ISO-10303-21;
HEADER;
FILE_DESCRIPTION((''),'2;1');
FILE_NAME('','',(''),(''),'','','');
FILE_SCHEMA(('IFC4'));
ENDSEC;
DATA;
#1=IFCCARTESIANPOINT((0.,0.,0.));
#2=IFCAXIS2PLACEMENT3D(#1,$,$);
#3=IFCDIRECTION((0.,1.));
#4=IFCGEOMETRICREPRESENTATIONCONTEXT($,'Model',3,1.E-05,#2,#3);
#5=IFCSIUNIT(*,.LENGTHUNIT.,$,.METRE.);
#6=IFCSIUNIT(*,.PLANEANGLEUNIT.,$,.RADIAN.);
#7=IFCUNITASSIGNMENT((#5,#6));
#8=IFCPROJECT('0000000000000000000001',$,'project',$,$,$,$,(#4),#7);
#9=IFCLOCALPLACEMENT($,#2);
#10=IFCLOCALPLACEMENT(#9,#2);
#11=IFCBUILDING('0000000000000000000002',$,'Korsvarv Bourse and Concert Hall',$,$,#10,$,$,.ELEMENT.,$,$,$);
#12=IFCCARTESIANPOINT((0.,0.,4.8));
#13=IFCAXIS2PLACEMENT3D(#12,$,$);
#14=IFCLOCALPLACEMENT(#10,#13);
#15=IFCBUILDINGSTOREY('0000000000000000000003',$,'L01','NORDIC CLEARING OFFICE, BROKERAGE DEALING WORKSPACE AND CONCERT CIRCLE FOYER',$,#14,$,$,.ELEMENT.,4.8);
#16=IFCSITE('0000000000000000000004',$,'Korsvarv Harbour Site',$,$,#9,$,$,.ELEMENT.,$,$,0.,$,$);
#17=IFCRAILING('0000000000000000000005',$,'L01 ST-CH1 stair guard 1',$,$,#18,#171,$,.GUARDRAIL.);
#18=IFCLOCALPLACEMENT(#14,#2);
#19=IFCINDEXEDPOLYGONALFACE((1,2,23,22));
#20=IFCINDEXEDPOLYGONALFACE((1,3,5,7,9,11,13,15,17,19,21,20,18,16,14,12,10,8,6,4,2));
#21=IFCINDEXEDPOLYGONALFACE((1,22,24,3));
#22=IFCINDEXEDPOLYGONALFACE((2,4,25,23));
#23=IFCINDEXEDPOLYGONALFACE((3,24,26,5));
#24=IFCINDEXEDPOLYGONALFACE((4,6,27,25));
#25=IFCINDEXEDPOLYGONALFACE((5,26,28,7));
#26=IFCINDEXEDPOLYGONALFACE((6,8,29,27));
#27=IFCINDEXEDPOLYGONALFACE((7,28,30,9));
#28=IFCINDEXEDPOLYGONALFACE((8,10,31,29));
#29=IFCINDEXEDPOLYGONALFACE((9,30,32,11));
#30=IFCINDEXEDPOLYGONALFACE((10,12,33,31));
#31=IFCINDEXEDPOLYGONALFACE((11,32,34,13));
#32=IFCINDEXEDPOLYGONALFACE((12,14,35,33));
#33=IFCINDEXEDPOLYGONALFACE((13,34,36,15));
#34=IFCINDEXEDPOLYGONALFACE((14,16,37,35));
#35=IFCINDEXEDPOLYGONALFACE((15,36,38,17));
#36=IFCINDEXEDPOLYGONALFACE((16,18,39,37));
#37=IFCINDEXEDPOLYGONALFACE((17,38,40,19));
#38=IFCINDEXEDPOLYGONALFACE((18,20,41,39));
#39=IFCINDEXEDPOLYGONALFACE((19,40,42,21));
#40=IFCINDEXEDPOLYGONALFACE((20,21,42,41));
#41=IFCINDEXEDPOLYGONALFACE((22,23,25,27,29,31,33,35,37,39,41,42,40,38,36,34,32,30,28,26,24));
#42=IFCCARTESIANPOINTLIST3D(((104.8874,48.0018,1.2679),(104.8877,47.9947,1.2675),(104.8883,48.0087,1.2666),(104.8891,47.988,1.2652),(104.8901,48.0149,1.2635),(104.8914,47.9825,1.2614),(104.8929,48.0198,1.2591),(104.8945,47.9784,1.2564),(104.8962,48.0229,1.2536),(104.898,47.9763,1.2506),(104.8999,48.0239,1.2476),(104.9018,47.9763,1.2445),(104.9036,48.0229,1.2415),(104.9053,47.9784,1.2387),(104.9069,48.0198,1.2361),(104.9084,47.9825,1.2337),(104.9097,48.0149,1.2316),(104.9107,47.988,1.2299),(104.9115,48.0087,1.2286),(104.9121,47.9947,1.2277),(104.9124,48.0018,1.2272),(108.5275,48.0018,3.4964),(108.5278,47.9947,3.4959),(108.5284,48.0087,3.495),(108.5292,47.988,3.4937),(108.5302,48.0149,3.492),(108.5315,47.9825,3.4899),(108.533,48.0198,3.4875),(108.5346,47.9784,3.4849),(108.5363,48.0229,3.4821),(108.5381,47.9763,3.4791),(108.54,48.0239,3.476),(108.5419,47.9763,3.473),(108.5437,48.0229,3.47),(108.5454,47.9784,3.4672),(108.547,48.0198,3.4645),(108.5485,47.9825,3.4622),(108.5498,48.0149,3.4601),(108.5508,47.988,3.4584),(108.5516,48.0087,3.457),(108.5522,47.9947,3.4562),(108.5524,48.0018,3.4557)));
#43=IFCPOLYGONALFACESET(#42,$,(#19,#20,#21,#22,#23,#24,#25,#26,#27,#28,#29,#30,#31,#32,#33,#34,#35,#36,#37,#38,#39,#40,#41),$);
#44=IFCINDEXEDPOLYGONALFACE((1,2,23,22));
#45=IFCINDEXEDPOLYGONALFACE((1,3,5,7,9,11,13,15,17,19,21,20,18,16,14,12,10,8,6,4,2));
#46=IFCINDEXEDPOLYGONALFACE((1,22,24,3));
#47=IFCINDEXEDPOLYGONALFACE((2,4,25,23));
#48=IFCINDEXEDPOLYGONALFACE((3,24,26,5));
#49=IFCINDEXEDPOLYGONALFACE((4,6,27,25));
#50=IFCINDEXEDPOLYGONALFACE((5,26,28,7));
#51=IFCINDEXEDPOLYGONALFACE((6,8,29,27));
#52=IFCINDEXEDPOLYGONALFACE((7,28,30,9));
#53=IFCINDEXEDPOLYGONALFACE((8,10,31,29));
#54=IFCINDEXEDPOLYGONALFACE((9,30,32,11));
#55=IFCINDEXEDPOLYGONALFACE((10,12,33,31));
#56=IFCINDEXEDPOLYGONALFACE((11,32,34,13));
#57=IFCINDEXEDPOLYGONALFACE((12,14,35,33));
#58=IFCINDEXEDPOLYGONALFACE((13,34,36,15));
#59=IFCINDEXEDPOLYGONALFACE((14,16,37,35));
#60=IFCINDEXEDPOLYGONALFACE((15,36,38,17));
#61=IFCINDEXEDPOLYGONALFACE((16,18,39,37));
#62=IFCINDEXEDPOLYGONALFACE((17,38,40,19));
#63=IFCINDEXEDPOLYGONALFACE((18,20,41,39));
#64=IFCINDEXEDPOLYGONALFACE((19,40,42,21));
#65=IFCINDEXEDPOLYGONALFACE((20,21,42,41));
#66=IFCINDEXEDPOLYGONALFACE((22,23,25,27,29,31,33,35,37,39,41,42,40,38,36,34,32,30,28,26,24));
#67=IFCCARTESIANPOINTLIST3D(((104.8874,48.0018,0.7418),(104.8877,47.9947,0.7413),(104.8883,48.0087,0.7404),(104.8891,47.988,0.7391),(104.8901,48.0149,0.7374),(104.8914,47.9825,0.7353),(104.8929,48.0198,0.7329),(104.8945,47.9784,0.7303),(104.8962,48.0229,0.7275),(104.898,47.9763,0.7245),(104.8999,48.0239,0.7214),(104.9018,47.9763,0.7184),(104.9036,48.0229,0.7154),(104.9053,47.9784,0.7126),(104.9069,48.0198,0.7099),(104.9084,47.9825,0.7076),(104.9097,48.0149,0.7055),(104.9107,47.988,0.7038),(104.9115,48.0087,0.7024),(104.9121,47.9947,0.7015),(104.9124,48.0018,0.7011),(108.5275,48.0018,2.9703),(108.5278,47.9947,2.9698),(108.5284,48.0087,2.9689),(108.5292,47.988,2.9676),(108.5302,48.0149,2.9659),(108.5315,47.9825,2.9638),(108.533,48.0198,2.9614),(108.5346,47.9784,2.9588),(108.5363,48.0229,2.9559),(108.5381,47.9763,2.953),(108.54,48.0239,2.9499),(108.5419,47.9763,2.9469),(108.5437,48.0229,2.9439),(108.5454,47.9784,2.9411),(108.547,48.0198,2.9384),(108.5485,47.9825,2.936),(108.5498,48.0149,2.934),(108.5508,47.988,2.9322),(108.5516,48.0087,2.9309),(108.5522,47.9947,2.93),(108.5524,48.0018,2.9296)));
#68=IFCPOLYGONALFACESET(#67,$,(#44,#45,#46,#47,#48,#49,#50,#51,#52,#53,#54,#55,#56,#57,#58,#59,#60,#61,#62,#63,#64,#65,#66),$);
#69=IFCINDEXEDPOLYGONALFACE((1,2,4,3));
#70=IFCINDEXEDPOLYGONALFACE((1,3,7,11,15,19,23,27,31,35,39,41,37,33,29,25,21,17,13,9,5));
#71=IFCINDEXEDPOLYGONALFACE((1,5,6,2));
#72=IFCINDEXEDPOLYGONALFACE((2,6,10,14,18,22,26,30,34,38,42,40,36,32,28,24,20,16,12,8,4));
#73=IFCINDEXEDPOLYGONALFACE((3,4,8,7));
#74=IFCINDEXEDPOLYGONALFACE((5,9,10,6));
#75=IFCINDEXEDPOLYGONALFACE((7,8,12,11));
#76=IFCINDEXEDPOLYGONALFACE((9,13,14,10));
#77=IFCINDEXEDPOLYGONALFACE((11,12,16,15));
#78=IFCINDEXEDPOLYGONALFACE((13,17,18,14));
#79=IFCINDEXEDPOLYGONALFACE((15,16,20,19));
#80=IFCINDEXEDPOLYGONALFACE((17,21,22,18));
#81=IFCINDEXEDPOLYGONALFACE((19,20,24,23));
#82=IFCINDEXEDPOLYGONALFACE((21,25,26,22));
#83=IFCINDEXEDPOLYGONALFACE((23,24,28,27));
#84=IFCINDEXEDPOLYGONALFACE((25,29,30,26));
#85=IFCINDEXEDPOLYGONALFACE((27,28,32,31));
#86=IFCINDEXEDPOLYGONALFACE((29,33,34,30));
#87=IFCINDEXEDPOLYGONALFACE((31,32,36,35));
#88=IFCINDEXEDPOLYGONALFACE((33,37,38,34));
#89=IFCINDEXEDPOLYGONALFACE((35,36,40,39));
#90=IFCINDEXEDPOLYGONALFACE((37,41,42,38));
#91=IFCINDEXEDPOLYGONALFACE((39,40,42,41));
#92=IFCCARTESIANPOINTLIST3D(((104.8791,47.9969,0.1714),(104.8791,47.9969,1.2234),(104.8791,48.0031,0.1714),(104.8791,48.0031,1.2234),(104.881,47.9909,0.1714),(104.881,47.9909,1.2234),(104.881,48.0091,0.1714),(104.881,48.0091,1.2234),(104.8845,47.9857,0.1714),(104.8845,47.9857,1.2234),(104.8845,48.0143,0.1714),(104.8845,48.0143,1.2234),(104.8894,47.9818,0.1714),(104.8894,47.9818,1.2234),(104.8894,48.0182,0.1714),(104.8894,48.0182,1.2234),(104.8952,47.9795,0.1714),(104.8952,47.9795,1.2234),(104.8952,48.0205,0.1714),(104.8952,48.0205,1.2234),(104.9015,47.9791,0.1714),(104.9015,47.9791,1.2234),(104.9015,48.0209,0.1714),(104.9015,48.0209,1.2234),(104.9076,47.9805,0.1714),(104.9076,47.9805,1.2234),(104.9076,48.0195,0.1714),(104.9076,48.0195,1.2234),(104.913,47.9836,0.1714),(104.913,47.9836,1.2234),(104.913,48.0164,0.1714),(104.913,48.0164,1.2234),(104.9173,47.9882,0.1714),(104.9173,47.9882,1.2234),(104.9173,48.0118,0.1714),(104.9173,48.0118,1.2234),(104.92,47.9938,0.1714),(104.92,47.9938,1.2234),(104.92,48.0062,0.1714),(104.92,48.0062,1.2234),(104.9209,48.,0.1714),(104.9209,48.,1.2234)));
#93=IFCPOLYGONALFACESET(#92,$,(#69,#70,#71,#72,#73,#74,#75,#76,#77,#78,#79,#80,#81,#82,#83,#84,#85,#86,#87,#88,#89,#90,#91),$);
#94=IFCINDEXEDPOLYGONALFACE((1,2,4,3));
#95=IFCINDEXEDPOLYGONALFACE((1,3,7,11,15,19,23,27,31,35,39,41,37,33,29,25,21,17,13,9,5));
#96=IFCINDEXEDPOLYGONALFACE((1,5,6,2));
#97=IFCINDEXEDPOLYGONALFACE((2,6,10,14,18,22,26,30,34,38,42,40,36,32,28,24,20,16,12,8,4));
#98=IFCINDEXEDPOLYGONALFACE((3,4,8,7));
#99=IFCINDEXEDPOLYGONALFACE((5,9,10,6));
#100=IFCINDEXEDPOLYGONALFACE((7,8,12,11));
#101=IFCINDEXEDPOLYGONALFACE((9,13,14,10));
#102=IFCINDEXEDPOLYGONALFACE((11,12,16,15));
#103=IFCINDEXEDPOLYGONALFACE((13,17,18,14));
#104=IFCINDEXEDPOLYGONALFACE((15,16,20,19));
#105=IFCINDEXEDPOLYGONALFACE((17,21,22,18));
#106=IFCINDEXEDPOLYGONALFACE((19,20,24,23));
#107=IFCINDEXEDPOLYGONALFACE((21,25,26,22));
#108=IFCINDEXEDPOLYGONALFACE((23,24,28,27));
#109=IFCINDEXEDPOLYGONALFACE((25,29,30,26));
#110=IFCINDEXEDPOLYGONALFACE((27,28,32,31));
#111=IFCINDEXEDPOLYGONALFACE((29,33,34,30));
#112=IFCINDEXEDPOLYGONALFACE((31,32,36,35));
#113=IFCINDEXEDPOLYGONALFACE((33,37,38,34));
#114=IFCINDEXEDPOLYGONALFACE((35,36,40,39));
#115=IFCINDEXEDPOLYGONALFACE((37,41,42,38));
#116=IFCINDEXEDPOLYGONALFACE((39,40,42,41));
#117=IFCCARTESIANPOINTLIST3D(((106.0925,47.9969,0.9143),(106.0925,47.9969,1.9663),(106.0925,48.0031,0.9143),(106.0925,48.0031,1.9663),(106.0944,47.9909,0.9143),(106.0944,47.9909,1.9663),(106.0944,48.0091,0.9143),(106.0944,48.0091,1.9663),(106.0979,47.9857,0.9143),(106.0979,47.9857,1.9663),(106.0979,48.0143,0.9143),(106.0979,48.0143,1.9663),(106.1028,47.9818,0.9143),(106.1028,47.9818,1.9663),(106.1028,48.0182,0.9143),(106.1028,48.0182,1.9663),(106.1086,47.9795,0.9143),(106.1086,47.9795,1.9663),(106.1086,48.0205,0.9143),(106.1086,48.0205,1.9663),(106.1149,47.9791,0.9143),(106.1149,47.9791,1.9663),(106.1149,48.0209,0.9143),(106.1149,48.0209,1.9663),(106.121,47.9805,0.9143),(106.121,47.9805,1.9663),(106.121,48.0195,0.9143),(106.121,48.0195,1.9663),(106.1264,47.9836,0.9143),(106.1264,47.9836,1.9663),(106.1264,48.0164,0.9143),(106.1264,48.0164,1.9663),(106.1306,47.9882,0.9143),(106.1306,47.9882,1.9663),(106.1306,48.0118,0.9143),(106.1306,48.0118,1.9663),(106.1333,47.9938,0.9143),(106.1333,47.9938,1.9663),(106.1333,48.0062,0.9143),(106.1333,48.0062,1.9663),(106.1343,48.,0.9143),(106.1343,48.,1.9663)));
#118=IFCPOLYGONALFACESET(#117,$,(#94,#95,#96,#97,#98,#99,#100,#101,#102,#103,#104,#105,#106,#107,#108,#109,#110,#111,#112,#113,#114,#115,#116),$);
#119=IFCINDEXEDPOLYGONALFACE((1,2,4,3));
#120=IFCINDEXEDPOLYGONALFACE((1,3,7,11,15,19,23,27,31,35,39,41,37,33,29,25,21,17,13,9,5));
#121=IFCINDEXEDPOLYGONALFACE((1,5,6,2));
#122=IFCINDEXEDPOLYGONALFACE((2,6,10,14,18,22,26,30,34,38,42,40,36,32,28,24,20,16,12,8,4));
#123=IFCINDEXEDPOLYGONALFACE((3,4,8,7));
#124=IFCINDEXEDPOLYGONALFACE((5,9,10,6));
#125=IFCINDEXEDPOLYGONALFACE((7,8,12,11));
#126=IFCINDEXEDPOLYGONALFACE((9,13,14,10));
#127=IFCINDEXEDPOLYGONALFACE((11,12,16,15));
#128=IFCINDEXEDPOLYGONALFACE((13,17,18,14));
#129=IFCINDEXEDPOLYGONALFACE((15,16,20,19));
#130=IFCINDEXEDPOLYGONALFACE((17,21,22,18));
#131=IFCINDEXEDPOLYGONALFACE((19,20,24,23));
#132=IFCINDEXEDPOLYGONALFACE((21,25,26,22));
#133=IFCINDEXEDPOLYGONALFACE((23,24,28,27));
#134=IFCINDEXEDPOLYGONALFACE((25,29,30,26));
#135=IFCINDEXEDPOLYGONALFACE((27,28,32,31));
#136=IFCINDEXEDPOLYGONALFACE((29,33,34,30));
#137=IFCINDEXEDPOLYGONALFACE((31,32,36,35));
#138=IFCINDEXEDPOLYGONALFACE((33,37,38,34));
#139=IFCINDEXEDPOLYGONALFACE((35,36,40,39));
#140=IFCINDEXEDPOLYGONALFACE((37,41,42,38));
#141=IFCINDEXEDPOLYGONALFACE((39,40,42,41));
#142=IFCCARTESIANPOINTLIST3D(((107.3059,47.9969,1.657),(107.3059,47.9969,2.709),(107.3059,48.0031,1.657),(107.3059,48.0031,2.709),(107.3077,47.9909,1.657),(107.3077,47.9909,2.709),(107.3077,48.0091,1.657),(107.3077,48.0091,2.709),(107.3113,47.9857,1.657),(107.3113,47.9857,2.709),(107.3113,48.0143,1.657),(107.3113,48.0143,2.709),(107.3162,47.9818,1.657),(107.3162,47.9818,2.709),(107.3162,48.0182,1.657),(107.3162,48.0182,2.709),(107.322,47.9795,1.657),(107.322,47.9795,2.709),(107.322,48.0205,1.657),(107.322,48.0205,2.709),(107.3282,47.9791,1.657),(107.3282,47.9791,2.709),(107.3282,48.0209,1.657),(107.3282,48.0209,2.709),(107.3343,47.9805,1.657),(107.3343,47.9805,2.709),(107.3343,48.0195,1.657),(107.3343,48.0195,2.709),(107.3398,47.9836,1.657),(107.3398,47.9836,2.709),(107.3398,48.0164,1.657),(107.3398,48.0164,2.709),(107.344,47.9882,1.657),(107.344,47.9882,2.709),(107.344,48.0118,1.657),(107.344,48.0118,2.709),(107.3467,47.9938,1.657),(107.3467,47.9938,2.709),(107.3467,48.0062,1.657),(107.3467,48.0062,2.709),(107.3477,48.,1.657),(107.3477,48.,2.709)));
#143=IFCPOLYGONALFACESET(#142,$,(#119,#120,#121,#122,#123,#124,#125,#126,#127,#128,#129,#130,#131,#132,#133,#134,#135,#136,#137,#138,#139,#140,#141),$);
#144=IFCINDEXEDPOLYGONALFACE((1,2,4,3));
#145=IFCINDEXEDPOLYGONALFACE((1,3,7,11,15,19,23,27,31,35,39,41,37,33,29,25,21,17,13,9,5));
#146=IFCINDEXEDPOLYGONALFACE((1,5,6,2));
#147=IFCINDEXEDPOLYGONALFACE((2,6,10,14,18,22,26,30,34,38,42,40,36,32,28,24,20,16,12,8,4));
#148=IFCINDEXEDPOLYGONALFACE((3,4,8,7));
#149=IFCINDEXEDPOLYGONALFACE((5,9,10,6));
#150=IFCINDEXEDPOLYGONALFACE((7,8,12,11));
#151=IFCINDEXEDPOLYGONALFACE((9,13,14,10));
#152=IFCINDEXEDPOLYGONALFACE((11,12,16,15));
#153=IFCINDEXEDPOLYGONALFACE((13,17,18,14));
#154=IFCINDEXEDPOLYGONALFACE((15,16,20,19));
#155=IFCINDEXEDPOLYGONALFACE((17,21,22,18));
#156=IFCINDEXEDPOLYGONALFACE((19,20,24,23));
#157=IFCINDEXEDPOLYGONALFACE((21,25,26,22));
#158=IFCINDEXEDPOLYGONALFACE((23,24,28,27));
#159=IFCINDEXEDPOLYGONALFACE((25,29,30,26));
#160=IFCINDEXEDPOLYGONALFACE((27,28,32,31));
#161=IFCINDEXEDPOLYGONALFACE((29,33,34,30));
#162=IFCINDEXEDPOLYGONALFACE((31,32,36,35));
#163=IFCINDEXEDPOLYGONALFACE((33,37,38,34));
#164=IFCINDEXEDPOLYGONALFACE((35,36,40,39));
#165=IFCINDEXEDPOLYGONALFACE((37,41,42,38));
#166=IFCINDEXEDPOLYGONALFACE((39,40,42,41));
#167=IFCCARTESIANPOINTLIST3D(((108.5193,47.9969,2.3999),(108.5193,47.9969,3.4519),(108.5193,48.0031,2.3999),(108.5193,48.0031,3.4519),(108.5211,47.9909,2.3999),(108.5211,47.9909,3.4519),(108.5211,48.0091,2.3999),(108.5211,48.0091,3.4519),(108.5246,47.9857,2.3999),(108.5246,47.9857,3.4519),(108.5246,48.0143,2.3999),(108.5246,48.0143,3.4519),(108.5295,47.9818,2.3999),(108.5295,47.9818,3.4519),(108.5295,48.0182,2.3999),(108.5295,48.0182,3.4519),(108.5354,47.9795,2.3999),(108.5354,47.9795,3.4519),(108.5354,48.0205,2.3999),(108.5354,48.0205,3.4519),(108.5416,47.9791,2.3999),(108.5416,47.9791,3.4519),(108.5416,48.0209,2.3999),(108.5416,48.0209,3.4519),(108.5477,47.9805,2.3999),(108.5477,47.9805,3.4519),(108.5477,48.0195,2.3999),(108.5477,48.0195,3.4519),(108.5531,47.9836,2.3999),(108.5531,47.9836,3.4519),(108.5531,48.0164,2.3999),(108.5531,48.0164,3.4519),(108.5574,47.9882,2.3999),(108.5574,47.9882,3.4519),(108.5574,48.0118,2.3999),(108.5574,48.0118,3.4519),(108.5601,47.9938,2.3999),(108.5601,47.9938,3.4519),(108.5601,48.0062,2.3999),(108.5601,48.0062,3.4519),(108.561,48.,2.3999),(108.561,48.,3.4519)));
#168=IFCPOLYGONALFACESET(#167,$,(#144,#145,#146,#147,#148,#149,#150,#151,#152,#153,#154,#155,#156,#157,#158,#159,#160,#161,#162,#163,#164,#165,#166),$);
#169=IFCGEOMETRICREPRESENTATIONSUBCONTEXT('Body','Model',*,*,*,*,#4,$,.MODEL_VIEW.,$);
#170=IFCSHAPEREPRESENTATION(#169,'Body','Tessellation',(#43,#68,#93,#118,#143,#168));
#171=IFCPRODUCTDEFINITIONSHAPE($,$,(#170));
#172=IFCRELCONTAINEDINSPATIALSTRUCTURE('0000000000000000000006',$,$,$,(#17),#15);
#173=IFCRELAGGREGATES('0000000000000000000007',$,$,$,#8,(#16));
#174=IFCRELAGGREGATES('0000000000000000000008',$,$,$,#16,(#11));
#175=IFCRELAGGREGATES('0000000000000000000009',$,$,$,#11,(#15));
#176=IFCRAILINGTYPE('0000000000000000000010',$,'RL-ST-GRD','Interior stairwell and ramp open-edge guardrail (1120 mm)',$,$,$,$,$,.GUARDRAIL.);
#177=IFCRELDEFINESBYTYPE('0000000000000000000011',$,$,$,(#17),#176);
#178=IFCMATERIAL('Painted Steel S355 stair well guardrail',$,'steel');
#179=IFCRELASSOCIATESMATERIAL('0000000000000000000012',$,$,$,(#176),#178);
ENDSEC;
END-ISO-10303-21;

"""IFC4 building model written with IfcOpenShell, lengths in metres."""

from ifc_helpers import new_model, si_unit, direction, frame, origin, origin_2d, place, context, subcontext, project, spatial, circle, extrude, material, type_object, element, save


model = new_model("IFC4")

# Units and contexts
model_context = context("Model", 3, precision=1e-05, world=origin(), true_north=direction((0.0, 1.0)))
body_context = subcontext(model_context, "Body", "Model", "MODEL_VIEW")
ifc_project = project(units=[si_unit("LENGTHUNIT", "METRE"), si_unit("PLANEANGLEUNIT", "RADIAN")], contexts=[model_context])

# Site, building, storey
site_placement = place(None, origin())
site = spatial("IfcSite", under=ifc_project, at=site_placement, Name="Korsvarv Harbour Site", CompositionType="ELEMENT", RefElevation=0.0)
building_placement = place(site_placement, origin())
building = spatial("IfcBuilding", under=site, at=building_placement, Name="Korsvarv Bourse and Concert Hall", CompositionType="ELEMENT")
storey_placement = place(building_placement, frame((0.0, 0.0, 4.8)))
storey = spatial("IfcBuildingStorey", under=building, at=storey_placement, Name="L01", Description="NORDIC CLEARING OFFICE, BROKERAGE DEALING WORKSPACE AND CONCERT CIRCLE FOYER", CompositionType="ELEMENT", Elevation=4.8)

# Railing
ifc_material_1 = material(Name="Painted Steel S355 stair well guardrail", Category="steel")
railing_type_1 = type_object("IfcRailingType", Name="RL-ST-GRD", Description="Interior stairwell and ramp open-edge guardrail (1120 mm)", PredefinedType="GUARDRAIL", material=ifc_material_1)
railing_1_placement = place(storey_placement, frame((104.8999, 48.0, 0.1714)))
element("IfcRailing", 1, at=railing_1_placement, inside=storey, type_object=railing_type_1, Name="L01 ST-CH1 stair guard 1", PredefinedType="GUARDRAIL", context=body_context, shape_type="SweptSolid", body=[
    extrude(circle(Radius=0.0239, at=origin_2d()), frame((0.0, 0.0, 1.0762), z_axis=(0.852866, 0.0, 0.52213), x_axis=(0.0, 1.0, 0.0)), (0.0, 0.0, 1.0), 4.2681),
    extrude(circle(Radius=0.0239, at=origin_2d()), frame((0.0, 0.0, 0.55), z_axis=(0.852866, 0.0, 0.52213), x_axis=(0.0, 1.0, 0.0)), (0.0, 0.0, 1.0), 4.2681),
    extrude(circle(Radius=0.021, at=origin_2d()), origin(), (0.0, 0.0, 1.0), 1.052),
    extrude(circle(Radius=0.021, at=origin_2d()), frame((1.2134, 0.0, 0.7429)), (0.0, 0.0, 1.0), 1.052),
    extrude(circle(Radius=0.021, at=origin_2d()), frame((2.4268, 0.0, 1.4856)), (0.0, 0.0, 1.0), 1.052),
    extrude(circle(Radius=0.021, at=origin_2d()), frame((3.6401, 0.0, 2.2285)), (0.0, 0.0, 1.0), 1.052),
])

save(model, "model.ifc")
